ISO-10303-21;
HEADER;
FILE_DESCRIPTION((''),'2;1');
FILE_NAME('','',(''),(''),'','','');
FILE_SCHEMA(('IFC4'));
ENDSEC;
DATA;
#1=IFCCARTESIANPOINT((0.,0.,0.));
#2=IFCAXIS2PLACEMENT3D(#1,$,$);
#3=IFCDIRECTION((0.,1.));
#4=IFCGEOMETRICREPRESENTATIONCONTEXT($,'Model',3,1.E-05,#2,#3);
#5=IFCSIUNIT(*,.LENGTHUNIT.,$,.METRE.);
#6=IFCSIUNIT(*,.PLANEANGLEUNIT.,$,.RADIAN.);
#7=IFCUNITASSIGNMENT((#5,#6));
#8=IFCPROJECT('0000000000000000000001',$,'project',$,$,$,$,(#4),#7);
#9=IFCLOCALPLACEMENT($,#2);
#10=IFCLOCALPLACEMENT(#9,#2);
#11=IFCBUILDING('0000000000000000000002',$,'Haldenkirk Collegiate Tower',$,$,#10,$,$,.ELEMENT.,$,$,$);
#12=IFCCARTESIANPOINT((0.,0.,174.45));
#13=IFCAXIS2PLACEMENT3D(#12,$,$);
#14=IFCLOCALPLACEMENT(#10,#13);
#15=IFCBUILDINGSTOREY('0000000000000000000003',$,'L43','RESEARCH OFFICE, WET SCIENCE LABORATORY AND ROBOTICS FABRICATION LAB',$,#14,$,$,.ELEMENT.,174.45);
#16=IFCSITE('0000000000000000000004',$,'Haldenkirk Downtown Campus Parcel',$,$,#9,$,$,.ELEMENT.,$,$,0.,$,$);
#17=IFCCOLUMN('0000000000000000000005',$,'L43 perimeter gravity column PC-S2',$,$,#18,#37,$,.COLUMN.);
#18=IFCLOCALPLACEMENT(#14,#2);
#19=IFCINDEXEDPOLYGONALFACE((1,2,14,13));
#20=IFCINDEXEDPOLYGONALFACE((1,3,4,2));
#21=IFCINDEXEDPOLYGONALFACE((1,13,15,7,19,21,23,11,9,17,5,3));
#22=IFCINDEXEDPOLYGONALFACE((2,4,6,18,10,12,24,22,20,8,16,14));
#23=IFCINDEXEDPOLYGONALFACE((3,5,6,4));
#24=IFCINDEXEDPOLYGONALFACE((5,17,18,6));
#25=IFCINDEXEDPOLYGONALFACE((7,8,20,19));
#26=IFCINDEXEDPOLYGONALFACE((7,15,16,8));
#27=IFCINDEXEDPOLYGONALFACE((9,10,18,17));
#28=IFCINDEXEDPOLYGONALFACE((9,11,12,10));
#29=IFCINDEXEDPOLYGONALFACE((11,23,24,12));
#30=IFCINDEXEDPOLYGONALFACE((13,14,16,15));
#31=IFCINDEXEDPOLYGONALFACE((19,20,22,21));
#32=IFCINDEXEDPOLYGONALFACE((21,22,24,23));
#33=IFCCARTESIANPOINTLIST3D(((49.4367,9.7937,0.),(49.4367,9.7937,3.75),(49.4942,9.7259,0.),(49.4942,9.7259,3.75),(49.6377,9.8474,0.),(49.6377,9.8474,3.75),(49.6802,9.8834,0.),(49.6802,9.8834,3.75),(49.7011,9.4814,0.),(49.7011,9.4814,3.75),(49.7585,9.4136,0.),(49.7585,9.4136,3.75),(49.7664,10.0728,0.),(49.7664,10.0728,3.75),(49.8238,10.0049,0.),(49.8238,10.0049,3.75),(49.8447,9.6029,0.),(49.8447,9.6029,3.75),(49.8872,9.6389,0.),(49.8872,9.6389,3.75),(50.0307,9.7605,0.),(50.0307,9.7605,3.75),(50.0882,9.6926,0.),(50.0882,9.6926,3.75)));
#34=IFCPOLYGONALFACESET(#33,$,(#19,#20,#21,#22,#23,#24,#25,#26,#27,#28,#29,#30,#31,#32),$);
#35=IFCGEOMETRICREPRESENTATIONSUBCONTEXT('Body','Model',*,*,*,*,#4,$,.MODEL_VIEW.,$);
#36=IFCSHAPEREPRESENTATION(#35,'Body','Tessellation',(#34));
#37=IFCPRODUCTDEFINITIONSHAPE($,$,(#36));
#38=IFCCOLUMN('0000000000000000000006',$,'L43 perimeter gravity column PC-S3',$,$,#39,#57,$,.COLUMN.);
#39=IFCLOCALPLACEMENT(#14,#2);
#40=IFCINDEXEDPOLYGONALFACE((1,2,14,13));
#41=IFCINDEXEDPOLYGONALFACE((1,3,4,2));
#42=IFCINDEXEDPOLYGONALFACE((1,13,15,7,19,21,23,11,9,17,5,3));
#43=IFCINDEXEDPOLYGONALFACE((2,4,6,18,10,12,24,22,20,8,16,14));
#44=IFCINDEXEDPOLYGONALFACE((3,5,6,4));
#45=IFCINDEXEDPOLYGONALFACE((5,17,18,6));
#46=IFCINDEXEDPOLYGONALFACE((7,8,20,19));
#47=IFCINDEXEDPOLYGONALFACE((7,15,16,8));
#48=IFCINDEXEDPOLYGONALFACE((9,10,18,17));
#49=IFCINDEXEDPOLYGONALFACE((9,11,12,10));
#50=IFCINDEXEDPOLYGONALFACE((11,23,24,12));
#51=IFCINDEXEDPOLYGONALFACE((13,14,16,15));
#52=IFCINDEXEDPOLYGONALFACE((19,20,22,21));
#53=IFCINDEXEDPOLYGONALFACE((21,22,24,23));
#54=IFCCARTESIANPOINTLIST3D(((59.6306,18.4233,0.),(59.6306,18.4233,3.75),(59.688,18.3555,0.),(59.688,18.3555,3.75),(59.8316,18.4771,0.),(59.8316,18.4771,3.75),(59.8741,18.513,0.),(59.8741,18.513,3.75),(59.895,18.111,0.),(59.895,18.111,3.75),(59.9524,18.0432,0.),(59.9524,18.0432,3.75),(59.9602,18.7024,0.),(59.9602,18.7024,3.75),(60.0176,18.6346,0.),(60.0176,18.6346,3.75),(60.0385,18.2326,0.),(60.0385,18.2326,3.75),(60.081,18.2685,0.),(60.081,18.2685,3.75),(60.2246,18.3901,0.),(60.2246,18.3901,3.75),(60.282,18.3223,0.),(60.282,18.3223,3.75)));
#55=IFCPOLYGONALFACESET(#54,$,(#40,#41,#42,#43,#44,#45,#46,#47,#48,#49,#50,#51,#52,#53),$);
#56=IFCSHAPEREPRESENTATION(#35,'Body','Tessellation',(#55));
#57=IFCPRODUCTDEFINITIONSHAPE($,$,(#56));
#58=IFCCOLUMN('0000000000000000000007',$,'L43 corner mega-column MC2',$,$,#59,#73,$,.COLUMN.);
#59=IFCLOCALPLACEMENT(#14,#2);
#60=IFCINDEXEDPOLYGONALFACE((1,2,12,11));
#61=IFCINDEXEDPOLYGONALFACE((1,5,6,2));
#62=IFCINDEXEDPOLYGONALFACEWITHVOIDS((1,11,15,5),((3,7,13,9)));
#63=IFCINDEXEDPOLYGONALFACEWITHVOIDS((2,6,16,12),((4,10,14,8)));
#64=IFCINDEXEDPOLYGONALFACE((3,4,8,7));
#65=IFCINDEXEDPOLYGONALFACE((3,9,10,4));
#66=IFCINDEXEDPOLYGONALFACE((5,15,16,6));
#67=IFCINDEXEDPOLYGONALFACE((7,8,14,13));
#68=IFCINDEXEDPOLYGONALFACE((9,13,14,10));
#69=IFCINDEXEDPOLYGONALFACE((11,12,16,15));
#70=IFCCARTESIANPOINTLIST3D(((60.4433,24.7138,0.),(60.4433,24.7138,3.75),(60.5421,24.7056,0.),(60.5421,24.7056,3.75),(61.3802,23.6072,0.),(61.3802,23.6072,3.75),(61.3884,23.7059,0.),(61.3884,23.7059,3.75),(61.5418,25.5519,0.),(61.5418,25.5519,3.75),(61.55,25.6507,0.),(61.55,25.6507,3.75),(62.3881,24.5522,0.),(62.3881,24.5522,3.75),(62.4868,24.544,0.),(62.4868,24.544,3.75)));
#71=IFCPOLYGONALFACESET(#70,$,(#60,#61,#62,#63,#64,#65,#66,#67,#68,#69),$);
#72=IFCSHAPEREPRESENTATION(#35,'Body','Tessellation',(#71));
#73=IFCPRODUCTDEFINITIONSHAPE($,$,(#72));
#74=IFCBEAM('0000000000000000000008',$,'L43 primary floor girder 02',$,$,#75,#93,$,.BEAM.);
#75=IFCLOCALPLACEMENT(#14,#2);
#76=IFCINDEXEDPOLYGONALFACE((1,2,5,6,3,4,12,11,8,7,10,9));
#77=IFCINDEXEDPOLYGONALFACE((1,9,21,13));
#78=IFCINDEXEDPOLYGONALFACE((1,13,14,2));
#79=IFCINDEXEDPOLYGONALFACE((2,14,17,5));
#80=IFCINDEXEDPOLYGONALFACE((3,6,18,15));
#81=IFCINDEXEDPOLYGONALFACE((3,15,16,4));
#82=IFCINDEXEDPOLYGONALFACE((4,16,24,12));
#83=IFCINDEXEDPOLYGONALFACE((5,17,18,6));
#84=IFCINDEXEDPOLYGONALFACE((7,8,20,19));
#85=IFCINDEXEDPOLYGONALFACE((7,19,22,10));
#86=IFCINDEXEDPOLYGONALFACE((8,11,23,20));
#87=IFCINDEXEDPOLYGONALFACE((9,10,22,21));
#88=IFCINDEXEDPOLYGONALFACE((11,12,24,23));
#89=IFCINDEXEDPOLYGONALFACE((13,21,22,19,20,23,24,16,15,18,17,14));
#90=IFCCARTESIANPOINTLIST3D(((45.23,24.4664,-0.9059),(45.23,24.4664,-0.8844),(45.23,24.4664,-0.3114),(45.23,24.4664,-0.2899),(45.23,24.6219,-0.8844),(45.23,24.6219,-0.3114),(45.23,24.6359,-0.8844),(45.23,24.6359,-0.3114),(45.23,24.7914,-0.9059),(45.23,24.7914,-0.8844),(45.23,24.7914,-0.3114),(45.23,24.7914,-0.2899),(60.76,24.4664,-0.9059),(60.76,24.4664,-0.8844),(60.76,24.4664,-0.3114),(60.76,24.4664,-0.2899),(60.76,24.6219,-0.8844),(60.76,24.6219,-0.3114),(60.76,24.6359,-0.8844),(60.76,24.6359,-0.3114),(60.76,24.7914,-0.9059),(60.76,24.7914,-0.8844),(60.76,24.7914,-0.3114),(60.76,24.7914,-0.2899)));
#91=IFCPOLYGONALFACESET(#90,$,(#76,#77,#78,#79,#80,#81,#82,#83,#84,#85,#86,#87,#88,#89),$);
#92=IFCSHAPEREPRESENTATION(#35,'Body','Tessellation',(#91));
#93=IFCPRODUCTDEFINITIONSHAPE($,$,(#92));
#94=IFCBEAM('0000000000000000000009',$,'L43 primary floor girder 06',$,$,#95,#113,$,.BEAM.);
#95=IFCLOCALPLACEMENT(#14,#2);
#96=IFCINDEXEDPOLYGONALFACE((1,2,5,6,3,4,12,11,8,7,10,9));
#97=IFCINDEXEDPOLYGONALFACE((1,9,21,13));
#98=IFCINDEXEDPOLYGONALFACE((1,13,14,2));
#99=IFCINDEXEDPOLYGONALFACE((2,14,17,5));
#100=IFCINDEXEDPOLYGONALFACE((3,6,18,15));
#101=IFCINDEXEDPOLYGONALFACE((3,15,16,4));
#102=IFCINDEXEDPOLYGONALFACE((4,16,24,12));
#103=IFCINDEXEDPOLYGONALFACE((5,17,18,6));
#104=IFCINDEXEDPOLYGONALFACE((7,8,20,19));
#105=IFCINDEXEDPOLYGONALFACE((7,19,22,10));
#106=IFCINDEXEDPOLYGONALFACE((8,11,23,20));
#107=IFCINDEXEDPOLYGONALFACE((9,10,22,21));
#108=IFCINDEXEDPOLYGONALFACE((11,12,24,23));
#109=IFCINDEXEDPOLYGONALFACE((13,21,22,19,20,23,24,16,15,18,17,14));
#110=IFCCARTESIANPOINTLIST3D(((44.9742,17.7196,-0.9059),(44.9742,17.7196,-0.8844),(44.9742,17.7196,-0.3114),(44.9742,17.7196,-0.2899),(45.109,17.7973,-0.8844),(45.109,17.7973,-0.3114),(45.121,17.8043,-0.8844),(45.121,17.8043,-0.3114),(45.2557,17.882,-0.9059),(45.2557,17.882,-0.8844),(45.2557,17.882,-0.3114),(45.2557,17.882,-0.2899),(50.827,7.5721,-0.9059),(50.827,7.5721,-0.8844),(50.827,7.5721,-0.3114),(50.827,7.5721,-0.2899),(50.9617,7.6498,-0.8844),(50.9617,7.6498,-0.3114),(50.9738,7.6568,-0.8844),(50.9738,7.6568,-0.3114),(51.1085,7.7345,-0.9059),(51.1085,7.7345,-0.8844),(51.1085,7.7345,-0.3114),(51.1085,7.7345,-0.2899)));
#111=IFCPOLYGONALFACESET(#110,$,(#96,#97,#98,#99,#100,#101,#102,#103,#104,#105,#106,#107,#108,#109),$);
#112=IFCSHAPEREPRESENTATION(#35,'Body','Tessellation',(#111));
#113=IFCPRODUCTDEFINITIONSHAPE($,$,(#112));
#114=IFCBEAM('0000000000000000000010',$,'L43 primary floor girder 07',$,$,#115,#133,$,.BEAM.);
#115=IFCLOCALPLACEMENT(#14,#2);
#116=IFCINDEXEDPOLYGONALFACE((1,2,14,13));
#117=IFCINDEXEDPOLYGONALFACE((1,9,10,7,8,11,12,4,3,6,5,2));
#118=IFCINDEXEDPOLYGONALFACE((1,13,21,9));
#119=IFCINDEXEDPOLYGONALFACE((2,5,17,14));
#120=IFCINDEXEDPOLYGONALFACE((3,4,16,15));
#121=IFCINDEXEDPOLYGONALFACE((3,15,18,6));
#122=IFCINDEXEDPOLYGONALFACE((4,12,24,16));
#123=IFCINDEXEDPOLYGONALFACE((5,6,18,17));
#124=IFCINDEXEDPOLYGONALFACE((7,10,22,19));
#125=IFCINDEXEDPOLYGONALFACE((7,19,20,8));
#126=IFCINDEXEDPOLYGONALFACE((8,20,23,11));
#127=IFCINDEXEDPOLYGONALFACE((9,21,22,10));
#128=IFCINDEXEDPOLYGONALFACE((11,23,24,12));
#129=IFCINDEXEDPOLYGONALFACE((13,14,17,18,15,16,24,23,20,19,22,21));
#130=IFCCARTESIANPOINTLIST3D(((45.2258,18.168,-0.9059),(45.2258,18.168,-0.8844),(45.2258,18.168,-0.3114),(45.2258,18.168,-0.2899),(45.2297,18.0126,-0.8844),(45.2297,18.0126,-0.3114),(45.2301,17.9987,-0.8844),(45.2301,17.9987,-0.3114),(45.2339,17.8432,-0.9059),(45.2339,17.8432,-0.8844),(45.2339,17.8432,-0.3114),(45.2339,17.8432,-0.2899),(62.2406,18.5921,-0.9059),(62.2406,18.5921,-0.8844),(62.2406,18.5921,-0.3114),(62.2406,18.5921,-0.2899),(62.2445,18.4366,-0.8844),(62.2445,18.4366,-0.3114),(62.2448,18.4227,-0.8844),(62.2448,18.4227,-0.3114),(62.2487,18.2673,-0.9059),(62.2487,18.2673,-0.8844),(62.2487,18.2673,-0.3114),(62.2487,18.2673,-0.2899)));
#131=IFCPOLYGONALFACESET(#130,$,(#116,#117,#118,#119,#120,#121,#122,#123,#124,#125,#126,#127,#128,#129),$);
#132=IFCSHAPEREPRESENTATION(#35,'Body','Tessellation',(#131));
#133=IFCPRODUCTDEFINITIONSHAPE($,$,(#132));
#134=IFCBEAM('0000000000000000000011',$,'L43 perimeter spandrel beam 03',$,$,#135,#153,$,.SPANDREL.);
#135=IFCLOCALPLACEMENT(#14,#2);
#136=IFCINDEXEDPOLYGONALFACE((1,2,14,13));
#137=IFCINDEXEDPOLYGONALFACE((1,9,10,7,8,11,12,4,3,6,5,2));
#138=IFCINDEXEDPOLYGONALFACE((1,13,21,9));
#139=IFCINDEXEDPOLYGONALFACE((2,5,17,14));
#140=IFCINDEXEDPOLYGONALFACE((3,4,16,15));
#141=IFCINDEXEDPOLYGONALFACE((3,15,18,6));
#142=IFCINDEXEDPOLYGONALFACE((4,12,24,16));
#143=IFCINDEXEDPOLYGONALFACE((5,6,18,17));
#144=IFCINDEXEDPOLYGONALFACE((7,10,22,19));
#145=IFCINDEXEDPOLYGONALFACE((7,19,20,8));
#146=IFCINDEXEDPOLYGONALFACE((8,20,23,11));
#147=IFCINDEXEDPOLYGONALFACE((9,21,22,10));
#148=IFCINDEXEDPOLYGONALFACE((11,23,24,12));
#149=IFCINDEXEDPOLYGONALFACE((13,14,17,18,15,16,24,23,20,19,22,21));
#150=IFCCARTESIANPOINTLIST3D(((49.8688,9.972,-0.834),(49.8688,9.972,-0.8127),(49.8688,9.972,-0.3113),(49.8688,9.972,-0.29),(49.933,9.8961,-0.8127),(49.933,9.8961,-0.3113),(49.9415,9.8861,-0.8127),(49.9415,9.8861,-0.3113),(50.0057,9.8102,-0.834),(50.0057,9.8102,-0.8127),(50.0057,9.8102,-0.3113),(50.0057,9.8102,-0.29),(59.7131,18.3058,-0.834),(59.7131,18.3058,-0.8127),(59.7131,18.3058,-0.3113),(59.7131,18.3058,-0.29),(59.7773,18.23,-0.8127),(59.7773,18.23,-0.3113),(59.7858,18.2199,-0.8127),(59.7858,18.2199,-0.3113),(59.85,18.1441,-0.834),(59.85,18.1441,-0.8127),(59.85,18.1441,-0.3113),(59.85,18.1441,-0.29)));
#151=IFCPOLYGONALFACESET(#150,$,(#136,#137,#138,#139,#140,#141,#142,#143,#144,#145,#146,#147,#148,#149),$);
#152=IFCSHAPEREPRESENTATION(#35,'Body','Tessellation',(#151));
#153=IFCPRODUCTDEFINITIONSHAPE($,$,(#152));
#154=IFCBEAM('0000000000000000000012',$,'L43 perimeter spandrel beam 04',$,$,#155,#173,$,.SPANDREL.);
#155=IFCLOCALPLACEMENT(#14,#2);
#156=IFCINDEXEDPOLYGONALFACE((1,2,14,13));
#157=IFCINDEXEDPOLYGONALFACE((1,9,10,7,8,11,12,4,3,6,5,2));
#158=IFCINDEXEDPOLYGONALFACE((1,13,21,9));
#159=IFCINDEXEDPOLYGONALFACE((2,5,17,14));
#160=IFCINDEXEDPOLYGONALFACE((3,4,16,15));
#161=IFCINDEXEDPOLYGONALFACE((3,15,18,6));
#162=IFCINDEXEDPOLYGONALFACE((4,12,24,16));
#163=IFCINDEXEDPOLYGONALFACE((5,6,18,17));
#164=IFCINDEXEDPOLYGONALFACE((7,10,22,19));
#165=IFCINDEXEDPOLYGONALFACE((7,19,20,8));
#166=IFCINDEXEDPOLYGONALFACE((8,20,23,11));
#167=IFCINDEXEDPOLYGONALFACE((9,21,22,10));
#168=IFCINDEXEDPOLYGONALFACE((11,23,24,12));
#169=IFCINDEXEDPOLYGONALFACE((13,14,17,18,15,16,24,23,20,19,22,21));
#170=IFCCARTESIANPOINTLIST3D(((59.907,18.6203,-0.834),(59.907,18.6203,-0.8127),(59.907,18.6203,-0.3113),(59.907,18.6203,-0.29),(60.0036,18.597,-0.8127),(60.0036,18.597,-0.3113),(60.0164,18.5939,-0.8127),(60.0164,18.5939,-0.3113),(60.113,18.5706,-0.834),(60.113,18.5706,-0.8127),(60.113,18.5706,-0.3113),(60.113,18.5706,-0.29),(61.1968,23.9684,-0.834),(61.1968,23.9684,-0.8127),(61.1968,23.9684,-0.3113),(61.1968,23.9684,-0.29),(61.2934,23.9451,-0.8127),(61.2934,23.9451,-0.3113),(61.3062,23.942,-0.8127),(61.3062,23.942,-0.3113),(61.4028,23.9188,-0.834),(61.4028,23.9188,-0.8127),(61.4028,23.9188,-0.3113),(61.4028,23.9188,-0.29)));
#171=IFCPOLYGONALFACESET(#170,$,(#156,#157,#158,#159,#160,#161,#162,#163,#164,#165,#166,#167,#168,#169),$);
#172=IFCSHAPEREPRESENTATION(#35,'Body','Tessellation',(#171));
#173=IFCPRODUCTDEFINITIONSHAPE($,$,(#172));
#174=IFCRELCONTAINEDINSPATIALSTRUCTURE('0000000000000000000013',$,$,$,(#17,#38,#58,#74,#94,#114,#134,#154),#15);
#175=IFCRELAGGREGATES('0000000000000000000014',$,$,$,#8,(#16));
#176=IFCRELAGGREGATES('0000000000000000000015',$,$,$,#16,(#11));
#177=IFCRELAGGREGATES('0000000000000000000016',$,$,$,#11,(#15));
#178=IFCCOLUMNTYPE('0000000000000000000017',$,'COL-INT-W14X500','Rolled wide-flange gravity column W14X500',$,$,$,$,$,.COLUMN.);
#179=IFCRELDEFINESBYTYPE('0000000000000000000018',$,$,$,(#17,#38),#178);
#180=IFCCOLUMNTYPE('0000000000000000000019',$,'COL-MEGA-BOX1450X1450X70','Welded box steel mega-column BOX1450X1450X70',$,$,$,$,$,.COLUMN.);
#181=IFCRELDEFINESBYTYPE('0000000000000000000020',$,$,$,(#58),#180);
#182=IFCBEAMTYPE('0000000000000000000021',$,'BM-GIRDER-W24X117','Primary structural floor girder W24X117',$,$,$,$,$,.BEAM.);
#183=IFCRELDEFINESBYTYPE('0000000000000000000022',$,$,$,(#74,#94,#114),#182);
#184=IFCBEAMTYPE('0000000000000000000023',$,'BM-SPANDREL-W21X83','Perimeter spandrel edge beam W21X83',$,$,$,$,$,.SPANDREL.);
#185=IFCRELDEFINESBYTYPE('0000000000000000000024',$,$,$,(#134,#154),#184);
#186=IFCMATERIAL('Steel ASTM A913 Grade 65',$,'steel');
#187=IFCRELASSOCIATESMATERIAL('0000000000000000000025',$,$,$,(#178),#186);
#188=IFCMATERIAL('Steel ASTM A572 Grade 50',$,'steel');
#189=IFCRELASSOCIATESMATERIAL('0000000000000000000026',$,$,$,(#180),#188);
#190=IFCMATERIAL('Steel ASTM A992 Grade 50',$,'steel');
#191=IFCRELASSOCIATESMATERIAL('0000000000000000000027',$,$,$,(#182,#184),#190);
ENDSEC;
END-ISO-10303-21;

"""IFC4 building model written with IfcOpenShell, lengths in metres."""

from ifc_helpers import new_model, si_unit, direction, frame, origin, origin_2d, place, context, subcontext, project, spatial, hollow_rectangle, i_section, extrude, material, material_profile, profile_set, type_object, element, save


model = new_model("IFC4")

# Units and contexts
model_context = context("Model", 3, precision=1e-05, world=origin(), true_north=direction((0.0, 1.0)))
body_context = subcontext(model_context, "Body", "Model", "MODEL_VIEW")
ifc_project = project(units=[si_unit("LENGTHUNIT", "METRE"), si_unit("PLANEANGLEUNIT", "RADIAN")], contexts=[model_context])

# Site, building, storey
site_placement = place(None, origin())
site = spatial("IfcSite", under=ifc_project, at=site_placement, Name="Haldenkirk Downtown Campus Parcel", CompositionType="ELEMENT", RefElevation=0.0)
building_placement = place(site_placement, origin())
building = spatial("IfcBuilding", under=site, at=building_placement, Name="Haldenkirk Collegiate Tower", CompositionType="ELEMENT")
storey_placement = place(building_placement, frame((0.0, 0.0, 174.45)))
storey = spatial("IfcBuildingStorey", under=building, at=storey_placement, Name="L43", Description="RESEARCH OFFICE, WET SCIENCE LABORATORY AND ROBOTICS FABRICATION LAB", CompositionType="ELEMENT", Elevation=174.45)

# Columns
ifc_material_1 = material(Name="Steel ASTM A913 Grade 65", Category="steel")
ifc_material_profile_1 = material_profile(ifc_material_1, i_section(OverallWidth=0.4319, OverallDepth=0.498, WebThickness=0.0557, FlangeThickness=0.0889, at=origin_2d()), Name="W14X500")
ifc_profile_set_1 = profile_set([ifc_material_profile_1], Name="Steel ASTM A913 Grade 65")
column_type_1 = type_object("IfcColumnType", Name="COL-INT-W14X500", Description="Rolled wide-flange gravity column W14X500", PredefinedType="COLUMN", material=ifc_profile_set_1)
for number, where, z_axis, x_axis, name in (
    (1, (49.7625, 9.7432, 0.0), (0.0, 0.0, 1.0), (0.763232, 0.646124, 0.0), "L43 perimeter gravity column PC-S2"),
    (2, (59.9563, 18.3728, 0.0), (0.0, 0.0, 1.0), (0.763232, 0.646124, 0.0), "L43 perimeter gravity column PC-S3"),
):
    element("IfcColumn", number, at=place(storey_placement, frame(where, z_axis=z_axis, x_axis=x_axis)), inside=storey, type_object=column_type_1, Name=name, PredefinedType="COLUMN", context=body_context, shape_type="SweptSolid", body=[
        extrude(i_section(OverallWidth=0.4319, OverallDepth=0.498, WebThickness=0.0557, FlangeThickness=0.0889, at=origin_2d()), origin(), (0.0, 0.0, 1.0), 3.75),
    ])
ifc_material_2 = material(Name="Steel ASTM A572 Grade 50", Category="steel")
ifc_material_profile_2 = material_profile(ifc_material_2, hollow_rectangle(XDim=1.45, YDim=1.45, WallThickness=0.0701, at=origin_2d()), Name="BOX1450X1450X70")
ifc_profile_set_2 = profile_set([ifc_material_profile_2], Name="Steel ASTM A572 Grade 50")
column_type_2 = type_object("IfcColumnType", Name="COL-MEGA-BOX1450X1450X70", Description="Welded box steel mega-column BOX1450X1450X70", PredefinedType="COLUMN", material=ifc_profile_set_2)
column_placement = place(storey_placement, frame((61.4651, 24.6289, 0.0), z_axis=(0.0, 0.0, 1.0), x_axis=(0.763232, 0.646124, 0.0)))
element("IfcColumn", 3, at=column_placement, inside=storey, type_object=column_type_2, Name="L43 corner mega-column MC2", PredefinedType="COLUMN", context=body_context, shape_type="SweptSolid", body=[
    extrude(hollow_rectangle(XDim=1.45, YDim=1.45, WallThickness=0.0701, at=origin_2d()), origin(), (0.0, 0.0, 1.0), 3.75),
])

# Beams
ifc_material_3 = material(Name="Steel ASTM A992 Grade 50", Category="steel")
ifc_material_profile_3 = material_profile(ifc_material_3, i_section(OverallWidth=0.325, OverallDepth=0.616, WebThickness=0.0139, FlangeThickness=0.0215, at=origin_2d()), Name="W24X117")
ifc_profile_set_3 = profile_set([ifc_material_profile_3], Name="Steel ASTM A992 Grade 50")
beam_type_1 = type_object("IfcBeamType", Name="BM-GIRDER-W24X117", Description="Primary structural floor girder W24X117", PredefinedType="BEAM", material=ifc_profile_set_3)
beam_1_placement = place(storey_placement, frame((60.76, 24.6289, -0.5979), z_axis=(-1.0, 0.0, 0.0), x_axis=(0.0, -1.0, 0.0)))
element("IfcBeam", 4, at=beam_1_placement, inside=storey, type_object=beam_type_1, Name="L43 primary floor girder 02", PredefinedType="BEAM", context=body_context, shape_type="SweptSolid", body=[
    extrude(i_section(OverallWidth=0.325, OverallDepth=0.616, WebThickness=0.0139, FlangeThickness=0.0215, at=origin_2d()), origin(), (0.0, 0.0, 1.0), 15.53),
])
beam_2_placement = place(storey_placement, frame((50.9678, 7.6533, -0.5979), z_axis=(-0.499625, 0.866242, 0.0), x_axis=(-0.866242, -0.499625, 0.0)))
element("IfcBeam", 5, at=beam_2_placement, inside=storey, type_object=beam_type_1, Name="L43 primary floor girder 06", PredefinedType="BEAM", context=body_context, shape_type="SweptSolid", body=[
    extrude(i_section(OverallWidth=0.325, OverallDepth=0.616, WebThickness=0.0139, FlangeThickness=0.0215, at=origin_2d()), origin(), (0.0, 0.0, 1.0), 11.7144),
])
beam_3_placement = place(storey_placement, frame((62.2446, 18.4297, -0.5979), z_axis=(-0.99969, -0.024916, 0.0), x_axis=(0.024916, -0.99969, 0.0)))
element("IfcBeam", 6, at=beam_3_placement, inside=storey, type_object=beam_type_1, Name="L43 primary floor girder 07", PredefinedType="BEAM", context=body_context, shape_type="SweptSolid", body=[
    extrude(i_section(OverallWidth=0.325, OverallDepth=0.616, WebThickness=0.0139, FlangeThickness=0.0215, at=origin_2d()), origin(), (0.0, 0.0, 1.0), 17.02),
])
ifc_material_profile_4 = material_profile(ifc_material_3, i_section(OverallWidth=0.2119, OverallDepth=0.5439, WebThickness=0.0132, FlangeThickness=0.0212, at=origin_2d()), Name="W21X83")
ifc_profile_set_4 = profile_set([ifc_material_profile_4], Name="Steel ASTM A992 Grade 50")
beam_type_2 = type_object("IfcBeamType", Name="BM-SPANDREL-W21X83", Description="Perimeter spandrel edge beam W21X83", PredefinedType="SPANDREL", material=ifc_profile_set_4)
beam_4_placement = place(storey_placement, frame((49.9373, 9.8911, -0.562), z_axis=(0.763233, 0.646123, 0.0), x_axis=(-0.646123, 0.763233, 0.0)))
element("IfcBeam", 7, at=beam_4_placement, inside=storey, type_object=beam_type_2, Name="L43 perimeter spandrel beam 03", PredefinedType="SPANDREL", context=body_context, shape_type="SweptSolid", body=[
    extrude(i_section(OverallWidth=0.2119, OverallDepth=0.5439, WebThickness=0.0132, FlangeThickness=0.0212, at=origin_2d()), origin(), (0.0, 0.0, 1.0), 12.8982),
])
beam_5_placement = place(storey_placement, frame((60.01, 18.5955, -0.562), z_axis=(0.234445, 0.972129, 0.0), x_axis=(-0.972129, 0.234445, 0.0)))
element("IfcBeam", 8, at=beam_5_placement, inside=storey, type_object=beam_type_2, Name="L43 perimeter spandrel beam 04", PredefinedType="SPANDREL", context=body_context, shape_type="SweptSolid", body=[
    extrude(i_section(OverallWidth=0.2119, OverallDepth=0.5439, WebThickness=0.0132, FlangeThickness=0.0212, at=origin_2d()), origin(), (0.0, 0.0, 1.0), 5.5015),
])

save(model, "model.ifc")
